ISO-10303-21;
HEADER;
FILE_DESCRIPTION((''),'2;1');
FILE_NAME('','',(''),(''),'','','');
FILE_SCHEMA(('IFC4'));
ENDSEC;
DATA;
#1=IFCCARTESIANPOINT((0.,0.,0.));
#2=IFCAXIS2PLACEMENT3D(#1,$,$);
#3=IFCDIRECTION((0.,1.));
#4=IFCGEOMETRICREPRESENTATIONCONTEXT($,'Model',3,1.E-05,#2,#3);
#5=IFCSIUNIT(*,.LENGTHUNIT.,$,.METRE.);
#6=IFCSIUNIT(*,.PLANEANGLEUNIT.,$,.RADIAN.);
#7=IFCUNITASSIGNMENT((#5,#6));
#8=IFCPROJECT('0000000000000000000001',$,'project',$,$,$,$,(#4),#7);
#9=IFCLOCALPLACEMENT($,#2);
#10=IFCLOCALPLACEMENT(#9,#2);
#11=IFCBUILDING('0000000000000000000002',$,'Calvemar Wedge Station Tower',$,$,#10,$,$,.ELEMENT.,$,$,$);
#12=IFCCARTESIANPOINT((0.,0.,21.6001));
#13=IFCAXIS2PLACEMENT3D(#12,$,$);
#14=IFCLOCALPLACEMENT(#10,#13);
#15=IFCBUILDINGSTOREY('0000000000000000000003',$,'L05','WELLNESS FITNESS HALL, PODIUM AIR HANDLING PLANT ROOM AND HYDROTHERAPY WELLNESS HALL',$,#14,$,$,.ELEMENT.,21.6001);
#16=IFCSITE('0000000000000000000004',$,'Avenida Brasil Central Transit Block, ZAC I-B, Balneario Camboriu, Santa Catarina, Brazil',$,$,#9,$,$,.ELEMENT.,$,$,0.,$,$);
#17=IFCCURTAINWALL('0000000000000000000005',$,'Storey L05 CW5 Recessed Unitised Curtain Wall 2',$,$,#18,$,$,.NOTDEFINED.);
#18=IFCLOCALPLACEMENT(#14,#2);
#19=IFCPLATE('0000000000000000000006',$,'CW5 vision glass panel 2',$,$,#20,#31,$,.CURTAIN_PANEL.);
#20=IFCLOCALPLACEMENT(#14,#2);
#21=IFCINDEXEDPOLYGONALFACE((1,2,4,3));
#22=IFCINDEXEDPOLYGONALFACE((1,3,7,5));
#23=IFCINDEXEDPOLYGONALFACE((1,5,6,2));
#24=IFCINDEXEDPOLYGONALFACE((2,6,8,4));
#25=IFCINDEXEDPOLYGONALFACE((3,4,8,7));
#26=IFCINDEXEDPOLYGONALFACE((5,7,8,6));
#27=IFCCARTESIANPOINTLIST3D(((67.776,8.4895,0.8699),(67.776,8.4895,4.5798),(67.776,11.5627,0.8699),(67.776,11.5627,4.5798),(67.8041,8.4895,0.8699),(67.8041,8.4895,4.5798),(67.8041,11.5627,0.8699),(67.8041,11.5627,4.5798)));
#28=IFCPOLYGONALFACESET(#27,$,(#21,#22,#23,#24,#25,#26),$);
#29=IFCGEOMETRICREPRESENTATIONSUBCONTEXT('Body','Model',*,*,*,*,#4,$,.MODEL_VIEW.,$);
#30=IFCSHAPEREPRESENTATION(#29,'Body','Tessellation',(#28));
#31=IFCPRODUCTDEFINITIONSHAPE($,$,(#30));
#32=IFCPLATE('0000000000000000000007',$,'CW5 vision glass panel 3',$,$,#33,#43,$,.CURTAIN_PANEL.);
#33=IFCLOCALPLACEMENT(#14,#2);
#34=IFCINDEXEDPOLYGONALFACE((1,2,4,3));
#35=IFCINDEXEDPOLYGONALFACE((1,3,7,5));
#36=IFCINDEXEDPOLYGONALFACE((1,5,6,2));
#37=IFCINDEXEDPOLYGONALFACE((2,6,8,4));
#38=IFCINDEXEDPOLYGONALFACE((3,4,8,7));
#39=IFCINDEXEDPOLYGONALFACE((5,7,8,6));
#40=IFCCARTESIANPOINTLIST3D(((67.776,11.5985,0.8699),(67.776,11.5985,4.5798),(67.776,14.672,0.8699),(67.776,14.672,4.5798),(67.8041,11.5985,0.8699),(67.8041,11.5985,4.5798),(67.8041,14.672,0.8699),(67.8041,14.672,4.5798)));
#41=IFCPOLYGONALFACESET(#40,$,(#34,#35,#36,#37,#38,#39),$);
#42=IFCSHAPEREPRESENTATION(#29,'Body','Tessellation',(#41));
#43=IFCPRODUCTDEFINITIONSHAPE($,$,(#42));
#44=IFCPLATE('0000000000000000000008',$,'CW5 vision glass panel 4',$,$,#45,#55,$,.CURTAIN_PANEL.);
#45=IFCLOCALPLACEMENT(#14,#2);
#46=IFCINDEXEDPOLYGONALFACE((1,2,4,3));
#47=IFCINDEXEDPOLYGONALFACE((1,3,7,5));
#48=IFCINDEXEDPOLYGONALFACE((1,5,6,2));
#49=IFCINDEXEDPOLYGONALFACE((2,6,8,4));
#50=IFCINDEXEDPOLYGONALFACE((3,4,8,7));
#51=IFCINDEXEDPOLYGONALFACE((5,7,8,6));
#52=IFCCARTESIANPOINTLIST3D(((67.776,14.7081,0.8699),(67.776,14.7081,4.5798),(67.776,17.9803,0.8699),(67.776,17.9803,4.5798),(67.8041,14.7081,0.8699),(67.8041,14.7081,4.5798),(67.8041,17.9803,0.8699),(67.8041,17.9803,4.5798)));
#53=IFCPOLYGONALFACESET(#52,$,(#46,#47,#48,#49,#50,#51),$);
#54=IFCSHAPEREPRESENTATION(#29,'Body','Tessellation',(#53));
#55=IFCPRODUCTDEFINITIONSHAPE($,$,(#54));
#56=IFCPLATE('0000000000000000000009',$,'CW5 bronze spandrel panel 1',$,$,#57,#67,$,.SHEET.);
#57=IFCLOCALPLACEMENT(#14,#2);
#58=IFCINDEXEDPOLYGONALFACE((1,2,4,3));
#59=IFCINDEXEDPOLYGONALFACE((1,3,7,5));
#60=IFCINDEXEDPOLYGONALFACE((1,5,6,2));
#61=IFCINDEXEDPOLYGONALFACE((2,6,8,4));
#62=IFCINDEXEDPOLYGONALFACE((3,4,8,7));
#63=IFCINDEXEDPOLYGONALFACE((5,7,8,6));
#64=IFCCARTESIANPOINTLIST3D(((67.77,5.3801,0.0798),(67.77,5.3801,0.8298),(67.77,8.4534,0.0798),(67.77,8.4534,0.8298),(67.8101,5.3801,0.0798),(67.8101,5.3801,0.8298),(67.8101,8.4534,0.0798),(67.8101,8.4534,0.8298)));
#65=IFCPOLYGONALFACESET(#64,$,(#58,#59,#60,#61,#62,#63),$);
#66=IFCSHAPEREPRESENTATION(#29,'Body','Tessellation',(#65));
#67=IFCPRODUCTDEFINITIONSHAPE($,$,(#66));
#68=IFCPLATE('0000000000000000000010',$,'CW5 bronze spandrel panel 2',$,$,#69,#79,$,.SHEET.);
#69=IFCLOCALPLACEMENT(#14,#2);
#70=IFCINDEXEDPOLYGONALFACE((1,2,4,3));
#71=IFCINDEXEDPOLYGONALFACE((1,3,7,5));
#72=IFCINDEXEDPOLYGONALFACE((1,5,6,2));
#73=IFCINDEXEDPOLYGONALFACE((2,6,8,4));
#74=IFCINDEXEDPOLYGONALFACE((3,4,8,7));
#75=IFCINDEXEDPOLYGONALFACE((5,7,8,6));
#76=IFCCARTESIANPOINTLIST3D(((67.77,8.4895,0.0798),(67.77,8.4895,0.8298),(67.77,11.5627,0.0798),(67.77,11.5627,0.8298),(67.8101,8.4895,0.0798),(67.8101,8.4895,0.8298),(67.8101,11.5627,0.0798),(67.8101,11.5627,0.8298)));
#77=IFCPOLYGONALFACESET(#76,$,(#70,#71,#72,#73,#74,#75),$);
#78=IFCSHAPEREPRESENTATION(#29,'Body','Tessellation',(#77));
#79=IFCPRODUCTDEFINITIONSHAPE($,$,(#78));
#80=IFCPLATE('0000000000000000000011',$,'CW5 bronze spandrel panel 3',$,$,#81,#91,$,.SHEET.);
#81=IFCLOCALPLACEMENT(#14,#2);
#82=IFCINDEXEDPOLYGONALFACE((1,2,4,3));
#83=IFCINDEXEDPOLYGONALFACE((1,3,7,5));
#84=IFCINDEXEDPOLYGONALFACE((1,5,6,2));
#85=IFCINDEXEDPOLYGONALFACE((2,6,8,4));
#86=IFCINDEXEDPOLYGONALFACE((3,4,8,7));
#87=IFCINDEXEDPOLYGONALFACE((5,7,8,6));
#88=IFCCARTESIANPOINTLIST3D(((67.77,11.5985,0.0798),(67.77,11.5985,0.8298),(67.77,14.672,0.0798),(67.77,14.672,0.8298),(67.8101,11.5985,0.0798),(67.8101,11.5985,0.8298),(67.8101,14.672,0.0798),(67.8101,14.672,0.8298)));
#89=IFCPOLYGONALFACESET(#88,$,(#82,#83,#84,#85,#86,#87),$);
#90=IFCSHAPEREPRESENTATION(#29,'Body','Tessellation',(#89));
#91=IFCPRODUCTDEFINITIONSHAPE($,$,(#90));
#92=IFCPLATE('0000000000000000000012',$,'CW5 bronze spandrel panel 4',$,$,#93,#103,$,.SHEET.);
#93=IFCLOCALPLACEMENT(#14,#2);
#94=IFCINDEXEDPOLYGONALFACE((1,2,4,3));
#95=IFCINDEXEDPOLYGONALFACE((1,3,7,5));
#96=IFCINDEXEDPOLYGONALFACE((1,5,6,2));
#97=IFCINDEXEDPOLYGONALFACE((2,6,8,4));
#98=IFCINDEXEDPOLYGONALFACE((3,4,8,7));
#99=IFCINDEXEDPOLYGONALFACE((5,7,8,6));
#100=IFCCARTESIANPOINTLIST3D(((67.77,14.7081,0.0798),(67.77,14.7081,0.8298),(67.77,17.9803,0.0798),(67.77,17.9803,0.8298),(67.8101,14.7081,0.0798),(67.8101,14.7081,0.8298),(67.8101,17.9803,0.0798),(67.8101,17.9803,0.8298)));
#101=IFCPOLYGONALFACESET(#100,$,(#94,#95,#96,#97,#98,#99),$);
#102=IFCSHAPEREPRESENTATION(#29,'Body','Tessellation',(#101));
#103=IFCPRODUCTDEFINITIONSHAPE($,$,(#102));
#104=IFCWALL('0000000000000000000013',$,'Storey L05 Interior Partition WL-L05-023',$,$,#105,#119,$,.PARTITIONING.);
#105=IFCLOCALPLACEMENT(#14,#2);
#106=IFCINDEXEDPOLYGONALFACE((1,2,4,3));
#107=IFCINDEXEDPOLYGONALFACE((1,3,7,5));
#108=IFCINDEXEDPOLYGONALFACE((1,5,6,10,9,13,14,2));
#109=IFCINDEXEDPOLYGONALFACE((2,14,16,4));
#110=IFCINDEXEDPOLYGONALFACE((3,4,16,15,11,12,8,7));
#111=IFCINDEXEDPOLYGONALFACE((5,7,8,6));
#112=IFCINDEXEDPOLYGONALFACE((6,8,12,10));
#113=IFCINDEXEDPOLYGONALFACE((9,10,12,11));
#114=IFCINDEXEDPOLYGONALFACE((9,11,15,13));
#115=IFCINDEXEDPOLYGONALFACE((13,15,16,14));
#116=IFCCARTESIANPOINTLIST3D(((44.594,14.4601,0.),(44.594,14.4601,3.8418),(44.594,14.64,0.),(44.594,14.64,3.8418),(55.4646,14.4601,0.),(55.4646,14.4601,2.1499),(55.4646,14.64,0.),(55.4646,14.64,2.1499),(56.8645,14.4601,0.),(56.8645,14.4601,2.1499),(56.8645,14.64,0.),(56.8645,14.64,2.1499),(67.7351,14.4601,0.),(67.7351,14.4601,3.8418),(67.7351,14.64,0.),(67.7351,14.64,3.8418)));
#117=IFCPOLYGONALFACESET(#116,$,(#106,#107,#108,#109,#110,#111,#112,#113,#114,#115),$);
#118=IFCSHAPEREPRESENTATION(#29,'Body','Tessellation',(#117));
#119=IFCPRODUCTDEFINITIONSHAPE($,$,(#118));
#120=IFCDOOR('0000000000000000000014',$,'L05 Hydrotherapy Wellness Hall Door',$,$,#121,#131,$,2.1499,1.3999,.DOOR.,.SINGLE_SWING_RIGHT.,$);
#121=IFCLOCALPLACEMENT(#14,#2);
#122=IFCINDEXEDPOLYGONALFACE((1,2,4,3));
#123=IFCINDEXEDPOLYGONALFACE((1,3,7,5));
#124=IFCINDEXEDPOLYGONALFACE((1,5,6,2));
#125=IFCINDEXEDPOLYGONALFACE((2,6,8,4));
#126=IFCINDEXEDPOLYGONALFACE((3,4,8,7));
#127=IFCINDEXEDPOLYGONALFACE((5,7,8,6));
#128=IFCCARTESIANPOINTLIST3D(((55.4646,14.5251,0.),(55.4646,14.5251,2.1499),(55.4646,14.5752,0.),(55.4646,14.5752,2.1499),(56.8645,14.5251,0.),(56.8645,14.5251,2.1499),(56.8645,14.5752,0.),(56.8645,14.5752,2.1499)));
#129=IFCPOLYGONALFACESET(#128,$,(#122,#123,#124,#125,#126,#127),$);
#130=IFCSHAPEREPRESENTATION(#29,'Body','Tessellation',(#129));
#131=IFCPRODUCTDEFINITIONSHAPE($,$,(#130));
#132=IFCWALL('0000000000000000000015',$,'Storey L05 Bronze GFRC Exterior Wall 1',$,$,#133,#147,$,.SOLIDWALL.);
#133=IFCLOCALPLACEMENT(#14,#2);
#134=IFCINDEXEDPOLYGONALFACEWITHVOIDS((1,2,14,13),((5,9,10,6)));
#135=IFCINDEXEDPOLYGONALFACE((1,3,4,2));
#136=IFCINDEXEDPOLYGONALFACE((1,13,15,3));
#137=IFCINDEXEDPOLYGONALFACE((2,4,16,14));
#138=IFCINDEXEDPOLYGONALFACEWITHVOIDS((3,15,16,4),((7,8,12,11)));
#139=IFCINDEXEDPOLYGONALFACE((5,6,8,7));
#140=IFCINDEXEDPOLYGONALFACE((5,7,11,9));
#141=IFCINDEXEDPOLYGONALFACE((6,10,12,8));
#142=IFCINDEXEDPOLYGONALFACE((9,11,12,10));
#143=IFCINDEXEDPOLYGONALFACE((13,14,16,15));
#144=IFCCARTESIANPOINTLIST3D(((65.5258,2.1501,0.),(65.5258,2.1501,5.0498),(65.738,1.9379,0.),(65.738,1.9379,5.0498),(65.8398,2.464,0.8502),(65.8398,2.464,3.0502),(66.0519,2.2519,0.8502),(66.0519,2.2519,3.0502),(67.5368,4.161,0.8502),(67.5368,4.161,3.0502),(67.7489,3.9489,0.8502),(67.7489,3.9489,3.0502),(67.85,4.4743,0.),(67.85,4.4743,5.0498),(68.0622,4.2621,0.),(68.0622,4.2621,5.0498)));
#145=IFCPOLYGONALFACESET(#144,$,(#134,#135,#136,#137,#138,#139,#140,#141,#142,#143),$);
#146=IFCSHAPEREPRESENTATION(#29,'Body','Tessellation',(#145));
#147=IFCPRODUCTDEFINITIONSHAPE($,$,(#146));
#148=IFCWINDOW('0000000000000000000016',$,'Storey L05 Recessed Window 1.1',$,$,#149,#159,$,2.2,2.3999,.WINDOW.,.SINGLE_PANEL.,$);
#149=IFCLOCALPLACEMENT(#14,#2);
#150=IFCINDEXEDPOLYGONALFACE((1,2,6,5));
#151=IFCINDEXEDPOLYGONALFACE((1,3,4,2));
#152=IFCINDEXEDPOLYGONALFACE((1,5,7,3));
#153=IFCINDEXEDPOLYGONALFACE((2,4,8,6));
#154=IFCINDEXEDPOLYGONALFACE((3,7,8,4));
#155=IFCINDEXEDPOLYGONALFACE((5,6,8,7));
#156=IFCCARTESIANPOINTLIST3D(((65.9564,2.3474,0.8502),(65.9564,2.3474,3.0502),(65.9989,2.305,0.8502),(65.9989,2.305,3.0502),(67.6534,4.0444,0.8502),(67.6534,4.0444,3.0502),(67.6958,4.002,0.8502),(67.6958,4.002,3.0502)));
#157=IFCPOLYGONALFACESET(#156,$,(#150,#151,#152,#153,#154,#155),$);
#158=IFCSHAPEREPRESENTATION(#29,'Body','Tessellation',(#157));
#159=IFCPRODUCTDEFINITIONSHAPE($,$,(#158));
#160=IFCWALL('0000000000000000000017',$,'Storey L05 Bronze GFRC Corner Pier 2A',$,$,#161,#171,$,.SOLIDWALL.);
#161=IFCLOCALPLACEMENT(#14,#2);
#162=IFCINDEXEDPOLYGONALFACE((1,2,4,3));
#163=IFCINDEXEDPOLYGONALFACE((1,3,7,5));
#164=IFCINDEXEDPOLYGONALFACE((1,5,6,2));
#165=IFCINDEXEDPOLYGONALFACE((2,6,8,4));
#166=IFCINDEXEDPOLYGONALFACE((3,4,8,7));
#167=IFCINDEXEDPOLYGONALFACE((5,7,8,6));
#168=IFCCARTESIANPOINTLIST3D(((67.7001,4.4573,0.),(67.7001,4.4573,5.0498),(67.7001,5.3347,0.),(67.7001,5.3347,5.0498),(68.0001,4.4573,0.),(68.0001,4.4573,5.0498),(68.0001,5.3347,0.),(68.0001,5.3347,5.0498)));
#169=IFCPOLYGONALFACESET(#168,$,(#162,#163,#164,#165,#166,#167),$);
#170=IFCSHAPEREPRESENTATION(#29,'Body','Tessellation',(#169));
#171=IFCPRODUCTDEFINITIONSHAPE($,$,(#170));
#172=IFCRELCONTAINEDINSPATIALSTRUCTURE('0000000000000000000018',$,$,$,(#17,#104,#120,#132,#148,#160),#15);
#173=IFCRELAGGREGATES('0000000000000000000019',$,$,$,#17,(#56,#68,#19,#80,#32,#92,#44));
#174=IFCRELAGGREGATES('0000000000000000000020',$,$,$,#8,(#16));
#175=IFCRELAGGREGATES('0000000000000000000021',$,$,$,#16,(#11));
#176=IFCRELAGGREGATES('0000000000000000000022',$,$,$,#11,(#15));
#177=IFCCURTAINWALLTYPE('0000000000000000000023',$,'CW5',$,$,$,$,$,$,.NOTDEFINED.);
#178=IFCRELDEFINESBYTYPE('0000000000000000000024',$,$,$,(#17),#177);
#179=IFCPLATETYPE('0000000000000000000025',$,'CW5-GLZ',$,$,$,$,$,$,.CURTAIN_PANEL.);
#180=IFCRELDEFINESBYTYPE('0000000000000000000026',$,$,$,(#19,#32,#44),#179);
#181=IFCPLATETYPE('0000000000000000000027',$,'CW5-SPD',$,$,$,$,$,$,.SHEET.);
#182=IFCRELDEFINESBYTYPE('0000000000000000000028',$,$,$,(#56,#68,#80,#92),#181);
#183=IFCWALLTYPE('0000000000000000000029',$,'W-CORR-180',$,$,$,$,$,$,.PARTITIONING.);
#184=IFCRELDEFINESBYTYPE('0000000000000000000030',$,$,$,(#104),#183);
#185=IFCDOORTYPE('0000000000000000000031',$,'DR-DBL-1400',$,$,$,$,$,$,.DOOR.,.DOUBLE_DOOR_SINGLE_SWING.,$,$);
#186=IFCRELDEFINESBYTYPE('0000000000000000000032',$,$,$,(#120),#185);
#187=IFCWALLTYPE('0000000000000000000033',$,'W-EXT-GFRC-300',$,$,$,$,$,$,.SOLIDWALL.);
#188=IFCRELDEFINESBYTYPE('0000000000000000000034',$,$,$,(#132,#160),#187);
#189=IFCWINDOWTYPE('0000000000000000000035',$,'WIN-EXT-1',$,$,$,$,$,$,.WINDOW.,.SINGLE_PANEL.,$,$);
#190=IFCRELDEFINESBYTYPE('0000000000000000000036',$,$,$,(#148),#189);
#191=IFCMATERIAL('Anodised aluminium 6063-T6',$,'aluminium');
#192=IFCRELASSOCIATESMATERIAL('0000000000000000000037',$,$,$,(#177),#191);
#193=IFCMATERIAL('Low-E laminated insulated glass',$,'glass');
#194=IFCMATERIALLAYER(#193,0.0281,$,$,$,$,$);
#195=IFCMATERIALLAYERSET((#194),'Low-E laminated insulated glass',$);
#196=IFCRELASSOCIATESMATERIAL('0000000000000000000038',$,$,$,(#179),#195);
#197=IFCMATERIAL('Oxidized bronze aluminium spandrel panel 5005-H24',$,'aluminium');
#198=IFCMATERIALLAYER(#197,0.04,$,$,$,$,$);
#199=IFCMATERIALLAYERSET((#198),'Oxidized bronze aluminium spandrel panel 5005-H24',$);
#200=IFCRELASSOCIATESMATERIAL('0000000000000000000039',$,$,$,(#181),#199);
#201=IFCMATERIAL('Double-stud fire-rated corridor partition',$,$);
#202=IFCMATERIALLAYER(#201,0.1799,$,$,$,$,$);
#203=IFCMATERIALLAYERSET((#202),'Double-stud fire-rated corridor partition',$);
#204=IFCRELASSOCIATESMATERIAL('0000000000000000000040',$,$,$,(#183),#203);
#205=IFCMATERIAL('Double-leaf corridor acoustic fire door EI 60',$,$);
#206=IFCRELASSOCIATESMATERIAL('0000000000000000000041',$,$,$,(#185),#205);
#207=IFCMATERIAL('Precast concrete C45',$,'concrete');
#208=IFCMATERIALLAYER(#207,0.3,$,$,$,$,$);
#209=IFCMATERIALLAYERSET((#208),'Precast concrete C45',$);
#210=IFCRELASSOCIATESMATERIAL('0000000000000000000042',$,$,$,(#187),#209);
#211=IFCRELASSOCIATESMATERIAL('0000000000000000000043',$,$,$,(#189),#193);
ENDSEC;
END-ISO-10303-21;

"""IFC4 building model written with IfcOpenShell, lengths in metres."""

from ifc_helpers import new_model, si_unit, direction, frame, frame_2d, origin, place, context, subcontext, project, spatial, rectangle, extrude, source, transform, mapped, material, layer, layer_set, type_object, element, fill, aggregate, save


model = new_model("IFC4")

# Units and contexts
model_context = context("Model", 3, precision=1e-05, world=origin(), true_north=direction((0.0, 1.0)))
body_context = subcontext(model_context, "Body", "Model", "MODEL_VIEW")
ifc_project = project(units=[si_unit("LENGTHUNIT", "METRE"), si_unit("PLANEANGLEUNIT", "RADIAN")], contexts=[model_context])

# Site, building, storey
site_placement = place(None, origin())
site = spatial("IfcSite", under=ifc_project, at=site_placement, Name="Avenida Brasil Central Transit Block, ZAC I-B, Balneario Camboriu, Santa Catarina, Brazil", CompositionType="ELEMENT", RefElevation=0.0)
building_placement = place(site_placement, origin())
building = spatial("IfcBuilding", under=site, at=building_placement, Name="Calvemar Wedge Station Tower", CompositionType="ELEMENT")
storey_placement = place(building_placement, frame((0.0, 0.0, 21.6001)))
storey = spatial("IfcBuildingStorey", under=building, at=storey_placement, Name="L05", Description="WELLNESS FITNESS HALL, PODIUM AIR HANDLING PLANT ROOM AND HYDROTHERAPY WELLNESS HALL", CompositionType="ELEMENT", Elevation=21.6001)

# Curtain wall, plates
ifc_material_1 = material(Name="Anodised aluminium 6063-T6", Category="aluminium")
curtain_wall_type = type_object("IfcCurtainWallType", Name="CW5", PredefinedType="NOTDEFINED", material=ifc_material_1)
curtain_wall_placement = place(storey_placement, origin())
curtain_wall = element("IfcCurtainWall", 1, at=curtain_wall_placement, inside=storey, type_object=curtain_wall_type, Name="Storey L05 CW5 Recessed Unitised Curtain Wall 2", PredefinedType="NOTDEFINED")
ifc_material_2 = material(Name="Low-E laminated insulated glass", Category="glass")
ifc_layer_1 = layer(ifc_material_2, 0.0281)
ifc_layer_set_1 = layer_set([ifc_layer_1], Name="Low-E laminated insulated glass")
plate_type_1 = type_object("IfcPlateType", Name="CW5-GLZ", PredefinedType="CURTAIN_PANEL", material=ifc_layer_set_1)
plate_1_placement = place(storey_placement, frame((67.79, 8.4895, 0.8699), z_axis=(0.0, 0.0, 1.0), x_axis=(0.0, 1.0, 0.0)))
plate_1 = element("IfcPlate", 2, at=plate_1_placement, type_object=plate_type_1, Name="CW5 vision glass panel 2", PredefinedType="CURTAIN_PANEL", context=body_context, shape_type="SweptSolid", body=[
    extrude(rectangle(XDim=3.0732, YDim=0.0281, at=frame_2d((1.5366, 0.0))), origin(), (0.0, 0.0, 1.0), 3.71),
])
plate_2_placement = place(storey_placement, frame((67.79, 11.5986, 0.8699), z_axis=(0.0, 0.0, 1.0), x_axis=(0.0, 1.0, 0.0)))
plate_2 = element("IfcPlate", 3, at=plate_2_placement, type_object=plate_type_1, Name="CW5 vision glass panel 3", PredefinedType="CURTAIN_PANEL", context=body_context, shape_type="SweptSolid", body=[
    extrude(rectangle(XDim=3.0735, YDim=0.0281, at=frame_2d((1.5366, 0.0))), origin(), (0.0, 0.0, 1.0), 3.71),
])
plate_3_placement = place(storey_placement, frame((67.79, 14.708, 0.8699), z_axis=(0.0, 0.0, 1.0), x_axis=(0.0, 1.0, 0.0)))
plate_3 = element("IfcPlate", 4, at=plate_3_placement, type_object=plate_type_1, Name="CW5 vision glass panel 4", PredefinedType="CURTAIN_PANEL", context=body_context, shape_type="SweptSolid", body=[
    extrude(rectangle(XDim=3.2722, YDim=0.0281, at=frame_2d((1.6362, 0.0))), origin(), (0.0, 0.0, 1.0), 3.71),
])
ifc_material_3 = material(Name="Oxidized bronze aluminium spandrel panel 5005-H24", Category="aluminium")
ifc_layer_2 = layer(ifc_material_3, 0.04)
ifc_layer_set_2 = layer_set([ifc_layer_2], Name="Oxidized bronze aluminium spandrel panel 5005-H24")
plate_type_2 = type_object("IfcPlateType", Name="CW5-SPD", PredefinedType="SHEET", material=ifc_layer_set_2)
plate_4_placement = place(storey_placement, frame((67.79, 5.3801, 0.0798), z_axis=(0.0, 0.0, 1.0), x_axis=(0.0, 1.0, 0.0)))
plate_4 = element("IfcPlate", 5, at=plate_4_placement, type_object=plate_type_2, Name="CW5 bronze spandrel panel 1", PredefinedType="SHEET", context=body_context, shape_type="SweptSolid", body=[
    extrude(rectangle(XDim=3.0732, YDim=0.04, at=frame_2d((1.5366, 0.0))), origin(), (0.0, 0.0, 1.0), 0.75),
])
plate_5_placement = place(storey_placement, frame((67.79, 8.4895, 0.0798), z_axis=(0.0, 0.0, 1.0), x_axis=(0.0, 1.0, 0.0)))
plate_5 = element("IfcPlate", 6, at=plate_5_placement, type_object=plate_type_2, Name="CW5 bronze spandrel panel 2", PredefinedType="SHEET", context=body_context, shape_type="SweptSolid", body=[
    extrude(rectangle(XDim=3.0732, YDim=0.04, at=frame_2d((1.5366, 0.0))), origin(), (0.0, 0.0, 1.0), 0.75),
])
plate_6_placement = place(storey_placement, frame((67.79, 11.5986, 0.0798), z_axis=(0.0, 0.0, 1.0), x_axis=(0.0, 1.0, 0.0)))
plate_6 = element("IfcPlate", 7, at=plate_6_placement, type_object=plate_type_2, Name="CW5 bronze spandrel panel 3", PredefinedType="SHEET", context=body_context, shape_type="SweptSolid", body=[
    extrude(rectangle(XDim=3.0735, YDim=0.04, at=frame_2d((1.5366, 0.0))), origin(), (0.0, 0.0, 1.0), 0.75),
])
plate_7_placement = place(storey_placement, frame((67.79, 14.708, 0.0798), z_axis=(0.0, 0.0, 1.0), x_axis=(0.0, 1.0, 0.0)))
plate_7 = element("IfcPlate", 8, at=plate_7_placement, type_object=plate_type_2, Name="CW5 bronze spandrel panel 4", PredefinedType="SHEET", context=body_context, shape_type="SweptSolid", body=[
    extrude(rectangle(XDim=3.2722, YDim=0.04, at=frame_2d((1.6362, 0.0))), origin(), (0.0, 0.0, 1.0), 0.75),
])
aggregate(curtain_wall, [plate_4, plate_5, plate_1, plate_6, plate_2, plate_7, plate_3])

# Wall, opening, door
ifc_material_4 = material(Name="Double-stud fire-rated corridor partition")
ifc_layer_3 = layer(ifc_material_4, 0.1799)
ifc_layer_set_3 = layer_set([ifc_layer_3], Name="Double-stud fire-rated corridor partition")
wall_type_1 = type_object("IfcWallType", Name="W-CORR-180", PredefinedType="PARTITIONING", material=ifc_layer_set_3)
wall_1_placement = place(storey_placement, frame((67.7351, 14.55, 0.0), z_axis=(0.0, 0.0, 1.0), x_axis=(-1.0, 0.0, 0.0)))
wall_1 = element("IfcWall", 9, at=wall_1_placement, inside=storey, type_object=wall_type_1, Name="Storey L05 Interior Partition WL-L05-023", PredefinedType="PARTITIONING", context=body_context, shape_type="SweptSolid", body=[
    extrude(rectangle(XDim=23.1411, YDim=0.1799, at=frame_2d((11.5706, 0.0))), origin(), (0.0, 0.0, 1.0), 3.8418),
])
shared_shape_1 = source(origin(), body_context, "Body", "SweptSolid", [
    extrude(rectangle(XDim=1.3999, YDim=2.1499, at=frame_2d((0.7, 1.075))), frame((0.0, 0.1001, 0.0), z_axis=(0.0, -1.0, 0.0), x_axis=(1.0, 0.0, 0.0)), (0.0, 0.0, 1.0), 0.2),
])
opening_1_placement = place(wall_1_placement, frame((10.8706, 0.0, 0.0)))
opening_1 = element("IfcOpeningElement", 10, at=opening_1_placement, cuts=wall_1, PredefinedType="OPENING", context=body_context, shape_type="MappedRepresentation", body=[
    mapped(shared_shape_1, transform((0.0, 0.0, 0.0), scale=1.0)),
])
ifc_material_5 = material(Name="Double-leaf corridor acoustic fire door EI 60")
door_type = type_object("IfcDoorType", Name="DR-DBL-1400", OperationType="DOUBLE_DOOR_SINGLE_SWING", PredefinedType="DOOR", material=ifc_material_5)
shared_shape_2 = source(origin(), body_context, "Body", "SweptSolid", [
    extrude(rectangle(XDim=1.3999, YDim=2.1499, at=frame_2d((0.7, 1.075))), frame((0.0, 0.0249, 0.0), z_axis=(0.0, -1.0, 0.0), x_axis=(1.0, 0.0, 0.0)), (0.0, 0.0, 1.0), 0.05),
])
door_placement = place(opening_1_placement, origin())
door = element("IfcDoor", 11, at=door_placement, inside=storey, type_object=door_type, Name="L05 Hydrotherapy Wellness Hall Door", OperationType="SINGLE_SWING_RIGHT", OverallHeight=2.1499, OverallWidth=1.3999, PredefinedType="DOOR", context=body_context, shape_type="MappedRepresentation", body=[
    mapped(shared_shape_2, transform((0.0, 0.0, 0.0), scale=1.0)),
])
fill(opening_1, door)

# Wall, opening, window
ifc_material_6 = material(Name="Precast concrete C45", Category="concrete")
ifc_layer_4 = layer(ifc_material_6, 0.3)
ifc_layer_set_4 = layer_set([ifc_layer_4], Name="Precast concrete C45")
wall_type_2 = type_object("IfcWallType", Name="W-EXT-GFRC-300", PredefinedType="SOLIDWALL", material=ifc_layer_set_4)
wall_2_placement = place(storey_placement, frame((65.6318, 2.0439, 0.0), z_axis=(0.0, 0.0, 1.0), x_axis=(0.707107, 0.707107, 0.0)))
wall_2 = element("IfcWall", 12, at=wall_2_placement, inside=storey, type_object=wall_type_2, Name="Storey L05 Bronze GFRC Exterior Wall 1", PredefinedType="SOLIDWALL", context=body_context, shape_type="SweptSolid", body=[
    extrude(rectangle(XDim=3.2869, YDim=0.3, at=frame_2d((1.6436, 0.0))), origin(), (0.0, 0.0, 1.0), 5.0498),
])
shared_shape_3 = source(origin(), body_context, "Body", "SweptSolid", [
    extrude(rectangle(XDim=2.3999, YDim=2.2, at=frame_2d((1.2, 1.1001))), frame((0.0, 0.1602, 0.0), z_axis=(0.0, -1.0, 0.0), x_axis=(1.0, 0.0, 0.0)), (0.0, 0.0, 1.0), 0.3201),
])
opening_2_placement = place(wall_2_placement, frame((0.4441, 0.0, 0.8501)))
opening_2 = element("IfcOpeningElement", 13, at=opening_2_placement, cuts=wall_2, PredefinedType="OPENING", context=body_context, shape_type="MappedRepresentation", body=[
    mapped(shared_shape_3, transform((0.0, 0.0, 0.0), scale=1.0)),
])
window_type = type_object("IfcWindowType", Name="WIN-EXT-1", PartitioningType="SINGLE_PANEL", PredefinedType="WINDOW", material=ifc_material_2)
shared_shape_4 = source(origin(), body_context, "Body", "SweptSolid", [
    extrude(rectangle(XDim=2.3999, YDim=2.2, at=frame_2d((1.2, 1.1001))), frame((0.0, -0.0149, 0.0), z_axis=(0.0, -1.0, 0.0), x_axis=(1.0, 0.0, 0.0)), (0.0, 0.0, 1.0), 0.0601),
])
window_placement = place(opening_2_placement, origin())
window = element("IfcWindow", 14, at=window_placement, inside=storey, type_object=window_type, Name="Storey L05 Recessed Window 1.1", OverallHeight=2.2, OverallWidth=2.3999, PartitioningType="SINGLE_PANEL", PredefinedType="WINDOW", context=body_context, shape_type="MappedRepresentation", body=[
    mapped(shared_shape_4, transform((0.0, 0.0, 0.0), scale=1.0)),
])
fill(opening_2, window)

# Wall
wall_3_placement = place(storey_placement, frame((67.8501, 4.4573, 0.0), z_axis=(0.0, 0.0, 1.0), x_axis=(0.0, 1.0, 0.0)))
element("IfcWall", 15, at=wall_3_placement, inside=storey, type_object=wall_type_2, Name="Storey L05 Bronze GFRC Corner Pier 2A", PredefinedType="SOLIDWALL", context=body_context, shape_type="SweptSolid", body=[
    extrude(rectangle(XDim=0.8774, YDim=0.3, at=frame_2d((0.4387, 0.0))), origin(), (0.0, 0.0, 1.0), 5.0498),
])

save(model, "model.ifc")
